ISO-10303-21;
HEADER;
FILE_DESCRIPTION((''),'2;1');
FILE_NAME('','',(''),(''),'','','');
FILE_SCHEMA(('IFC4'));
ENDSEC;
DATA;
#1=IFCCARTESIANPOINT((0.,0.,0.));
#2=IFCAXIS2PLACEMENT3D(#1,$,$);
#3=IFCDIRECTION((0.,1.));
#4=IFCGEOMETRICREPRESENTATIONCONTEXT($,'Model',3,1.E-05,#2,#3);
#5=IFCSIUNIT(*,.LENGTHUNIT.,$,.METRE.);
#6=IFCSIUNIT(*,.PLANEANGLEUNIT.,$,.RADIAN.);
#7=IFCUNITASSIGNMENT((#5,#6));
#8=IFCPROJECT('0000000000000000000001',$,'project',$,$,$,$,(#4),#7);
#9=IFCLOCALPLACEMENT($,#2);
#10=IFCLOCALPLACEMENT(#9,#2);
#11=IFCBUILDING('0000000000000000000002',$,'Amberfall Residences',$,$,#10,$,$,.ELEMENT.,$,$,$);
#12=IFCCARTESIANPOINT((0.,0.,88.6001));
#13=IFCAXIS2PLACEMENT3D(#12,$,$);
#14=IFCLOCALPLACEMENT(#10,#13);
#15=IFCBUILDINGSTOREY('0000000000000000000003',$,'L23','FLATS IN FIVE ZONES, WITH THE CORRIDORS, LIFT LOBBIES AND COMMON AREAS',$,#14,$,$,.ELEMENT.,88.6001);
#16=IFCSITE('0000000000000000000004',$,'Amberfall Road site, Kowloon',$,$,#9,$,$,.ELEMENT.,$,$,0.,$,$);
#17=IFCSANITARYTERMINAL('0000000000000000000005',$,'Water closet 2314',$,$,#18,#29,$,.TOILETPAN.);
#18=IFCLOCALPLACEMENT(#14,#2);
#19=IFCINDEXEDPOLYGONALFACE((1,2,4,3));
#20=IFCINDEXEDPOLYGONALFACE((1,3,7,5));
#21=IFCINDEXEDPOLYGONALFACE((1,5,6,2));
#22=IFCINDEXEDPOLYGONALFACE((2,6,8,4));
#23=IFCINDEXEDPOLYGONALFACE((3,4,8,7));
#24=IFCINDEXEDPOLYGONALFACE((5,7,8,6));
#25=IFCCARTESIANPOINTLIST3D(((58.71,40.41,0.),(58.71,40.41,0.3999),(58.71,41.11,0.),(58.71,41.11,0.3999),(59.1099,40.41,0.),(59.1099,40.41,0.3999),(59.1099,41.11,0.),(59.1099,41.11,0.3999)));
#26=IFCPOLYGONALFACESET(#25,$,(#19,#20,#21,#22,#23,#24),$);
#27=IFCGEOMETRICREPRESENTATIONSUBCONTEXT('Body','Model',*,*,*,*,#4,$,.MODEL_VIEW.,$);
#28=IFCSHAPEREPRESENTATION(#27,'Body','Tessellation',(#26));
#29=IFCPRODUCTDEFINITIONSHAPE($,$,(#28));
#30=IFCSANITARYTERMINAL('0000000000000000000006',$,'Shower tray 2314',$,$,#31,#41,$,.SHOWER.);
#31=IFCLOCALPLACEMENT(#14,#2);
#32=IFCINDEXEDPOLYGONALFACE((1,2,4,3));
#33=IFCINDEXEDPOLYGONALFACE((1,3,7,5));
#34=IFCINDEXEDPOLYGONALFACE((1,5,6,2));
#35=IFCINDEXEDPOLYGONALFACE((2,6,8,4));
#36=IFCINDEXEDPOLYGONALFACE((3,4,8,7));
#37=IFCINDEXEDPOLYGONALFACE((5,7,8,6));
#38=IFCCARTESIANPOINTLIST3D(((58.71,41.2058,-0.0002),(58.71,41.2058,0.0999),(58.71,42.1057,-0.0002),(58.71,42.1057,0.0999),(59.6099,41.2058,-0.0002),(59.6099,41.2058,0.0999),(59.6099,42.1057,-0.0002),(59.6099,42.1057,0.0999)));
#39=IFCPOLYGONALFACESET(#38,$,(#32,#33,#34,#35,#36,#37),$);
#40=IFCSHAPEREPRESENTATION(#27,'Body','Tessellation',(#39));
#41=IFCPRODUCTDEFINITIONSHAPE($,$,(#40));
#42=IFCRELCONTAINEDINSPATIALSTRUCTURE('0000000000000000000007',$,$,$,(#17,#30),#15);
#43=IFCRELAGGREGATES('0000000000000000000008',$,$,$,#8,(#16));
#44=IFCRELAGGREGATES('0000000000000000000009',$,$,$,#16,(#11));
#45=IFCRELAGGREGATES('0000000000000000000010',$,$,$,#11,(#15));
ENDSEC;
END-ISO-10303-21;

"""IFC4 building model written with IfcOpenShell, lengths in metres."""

from ifc_helpers import new_model, si_unit, direction, frame, origin, origin_2d, place, context, subcontext, project, spatial, rectangle, extrude, element, save


model = new_model("IFC4")

# Units and contexts
model_context = context("Model", 3, precision=1e-05, world=origin(), true_north=direction((0.0, 1.0)))
body_context = subcontext(model_context, "Body", "Model", "MODEL_VIEW")
ifc_project = project(units=[si_unit("LENGTHUNIT", "METRE"), si_unit("PLANEANGLEUNIT", "RADIAN")], contexts=[model_context])

# Site, building, storey
site_placement = place(None, origin())
site = spatial("IfcSite", under=ifc_project, at=site_placement, Name="Amberfall Road site, Kowloon", CompositionType="ELEMENT", RefElevation=0.0)
building_placement = place(site_placement, origin())
building = spatial("IfcBuilding", under=site, at=building_placement, Name="Amberfall Residences", CompositionType="ELEMENT")
storey_placement = place(building_placement, frame((0.0, 0.0, 88.6001)))
storey = spatial("IfcBuildingStorey", under=building, at=storey_placement, Name="L23", Description="FLATS IN FIVE ZONES, WITH THE CORRIDORS, LIFT LOBBIES AND COMMON AREAS", CompositionType="ELEMENT", Elevation=88.6001)

# Sanitary terminals
sanitary_terminal_1_placement = place(storey_placement, frame((58.9099, 40.76, 0.0), z_axis=(0.0, 0.0, 1.0), x_axis=(1.0, 0.0, 0.0)))
element("IfcSanitaryTerminal", 1, at=sanitary_terminal_1_placement, inside=storey, Name="Water closet 2314", PredefinedType="TOILETPAN", context=body_context, shape_type="SweptSolid", body=[
    extrude(rectangle(XDim=0.3999, YDim=0.7, at=origin_2d()), origin(), (0.0, 0.0, 1.0), 0.3999),
])
sanitary_terminal_2_placement = place(storey_placement, frame((59.1599, 41.6558, -0.0002), z_axis=(0.0, 0.0, 1.0), x_axis=(1.0, 0.0, 0.0)))
element("IfcSanitaryTerminal", 2, at=sanitary_terminal_2_placement, inside=storey, Name="Shower tray 2314", PredefinedType="SHOWER", context=body_context, shape_type="SweptSolid", body=[
    extrude(rectangle(XDim=0.8999, YDim=0.8999, at=origin_2d()), origin(), (0.0, 0.0, 1.0), 0.1001),
])

save(model, "model.ifc")
